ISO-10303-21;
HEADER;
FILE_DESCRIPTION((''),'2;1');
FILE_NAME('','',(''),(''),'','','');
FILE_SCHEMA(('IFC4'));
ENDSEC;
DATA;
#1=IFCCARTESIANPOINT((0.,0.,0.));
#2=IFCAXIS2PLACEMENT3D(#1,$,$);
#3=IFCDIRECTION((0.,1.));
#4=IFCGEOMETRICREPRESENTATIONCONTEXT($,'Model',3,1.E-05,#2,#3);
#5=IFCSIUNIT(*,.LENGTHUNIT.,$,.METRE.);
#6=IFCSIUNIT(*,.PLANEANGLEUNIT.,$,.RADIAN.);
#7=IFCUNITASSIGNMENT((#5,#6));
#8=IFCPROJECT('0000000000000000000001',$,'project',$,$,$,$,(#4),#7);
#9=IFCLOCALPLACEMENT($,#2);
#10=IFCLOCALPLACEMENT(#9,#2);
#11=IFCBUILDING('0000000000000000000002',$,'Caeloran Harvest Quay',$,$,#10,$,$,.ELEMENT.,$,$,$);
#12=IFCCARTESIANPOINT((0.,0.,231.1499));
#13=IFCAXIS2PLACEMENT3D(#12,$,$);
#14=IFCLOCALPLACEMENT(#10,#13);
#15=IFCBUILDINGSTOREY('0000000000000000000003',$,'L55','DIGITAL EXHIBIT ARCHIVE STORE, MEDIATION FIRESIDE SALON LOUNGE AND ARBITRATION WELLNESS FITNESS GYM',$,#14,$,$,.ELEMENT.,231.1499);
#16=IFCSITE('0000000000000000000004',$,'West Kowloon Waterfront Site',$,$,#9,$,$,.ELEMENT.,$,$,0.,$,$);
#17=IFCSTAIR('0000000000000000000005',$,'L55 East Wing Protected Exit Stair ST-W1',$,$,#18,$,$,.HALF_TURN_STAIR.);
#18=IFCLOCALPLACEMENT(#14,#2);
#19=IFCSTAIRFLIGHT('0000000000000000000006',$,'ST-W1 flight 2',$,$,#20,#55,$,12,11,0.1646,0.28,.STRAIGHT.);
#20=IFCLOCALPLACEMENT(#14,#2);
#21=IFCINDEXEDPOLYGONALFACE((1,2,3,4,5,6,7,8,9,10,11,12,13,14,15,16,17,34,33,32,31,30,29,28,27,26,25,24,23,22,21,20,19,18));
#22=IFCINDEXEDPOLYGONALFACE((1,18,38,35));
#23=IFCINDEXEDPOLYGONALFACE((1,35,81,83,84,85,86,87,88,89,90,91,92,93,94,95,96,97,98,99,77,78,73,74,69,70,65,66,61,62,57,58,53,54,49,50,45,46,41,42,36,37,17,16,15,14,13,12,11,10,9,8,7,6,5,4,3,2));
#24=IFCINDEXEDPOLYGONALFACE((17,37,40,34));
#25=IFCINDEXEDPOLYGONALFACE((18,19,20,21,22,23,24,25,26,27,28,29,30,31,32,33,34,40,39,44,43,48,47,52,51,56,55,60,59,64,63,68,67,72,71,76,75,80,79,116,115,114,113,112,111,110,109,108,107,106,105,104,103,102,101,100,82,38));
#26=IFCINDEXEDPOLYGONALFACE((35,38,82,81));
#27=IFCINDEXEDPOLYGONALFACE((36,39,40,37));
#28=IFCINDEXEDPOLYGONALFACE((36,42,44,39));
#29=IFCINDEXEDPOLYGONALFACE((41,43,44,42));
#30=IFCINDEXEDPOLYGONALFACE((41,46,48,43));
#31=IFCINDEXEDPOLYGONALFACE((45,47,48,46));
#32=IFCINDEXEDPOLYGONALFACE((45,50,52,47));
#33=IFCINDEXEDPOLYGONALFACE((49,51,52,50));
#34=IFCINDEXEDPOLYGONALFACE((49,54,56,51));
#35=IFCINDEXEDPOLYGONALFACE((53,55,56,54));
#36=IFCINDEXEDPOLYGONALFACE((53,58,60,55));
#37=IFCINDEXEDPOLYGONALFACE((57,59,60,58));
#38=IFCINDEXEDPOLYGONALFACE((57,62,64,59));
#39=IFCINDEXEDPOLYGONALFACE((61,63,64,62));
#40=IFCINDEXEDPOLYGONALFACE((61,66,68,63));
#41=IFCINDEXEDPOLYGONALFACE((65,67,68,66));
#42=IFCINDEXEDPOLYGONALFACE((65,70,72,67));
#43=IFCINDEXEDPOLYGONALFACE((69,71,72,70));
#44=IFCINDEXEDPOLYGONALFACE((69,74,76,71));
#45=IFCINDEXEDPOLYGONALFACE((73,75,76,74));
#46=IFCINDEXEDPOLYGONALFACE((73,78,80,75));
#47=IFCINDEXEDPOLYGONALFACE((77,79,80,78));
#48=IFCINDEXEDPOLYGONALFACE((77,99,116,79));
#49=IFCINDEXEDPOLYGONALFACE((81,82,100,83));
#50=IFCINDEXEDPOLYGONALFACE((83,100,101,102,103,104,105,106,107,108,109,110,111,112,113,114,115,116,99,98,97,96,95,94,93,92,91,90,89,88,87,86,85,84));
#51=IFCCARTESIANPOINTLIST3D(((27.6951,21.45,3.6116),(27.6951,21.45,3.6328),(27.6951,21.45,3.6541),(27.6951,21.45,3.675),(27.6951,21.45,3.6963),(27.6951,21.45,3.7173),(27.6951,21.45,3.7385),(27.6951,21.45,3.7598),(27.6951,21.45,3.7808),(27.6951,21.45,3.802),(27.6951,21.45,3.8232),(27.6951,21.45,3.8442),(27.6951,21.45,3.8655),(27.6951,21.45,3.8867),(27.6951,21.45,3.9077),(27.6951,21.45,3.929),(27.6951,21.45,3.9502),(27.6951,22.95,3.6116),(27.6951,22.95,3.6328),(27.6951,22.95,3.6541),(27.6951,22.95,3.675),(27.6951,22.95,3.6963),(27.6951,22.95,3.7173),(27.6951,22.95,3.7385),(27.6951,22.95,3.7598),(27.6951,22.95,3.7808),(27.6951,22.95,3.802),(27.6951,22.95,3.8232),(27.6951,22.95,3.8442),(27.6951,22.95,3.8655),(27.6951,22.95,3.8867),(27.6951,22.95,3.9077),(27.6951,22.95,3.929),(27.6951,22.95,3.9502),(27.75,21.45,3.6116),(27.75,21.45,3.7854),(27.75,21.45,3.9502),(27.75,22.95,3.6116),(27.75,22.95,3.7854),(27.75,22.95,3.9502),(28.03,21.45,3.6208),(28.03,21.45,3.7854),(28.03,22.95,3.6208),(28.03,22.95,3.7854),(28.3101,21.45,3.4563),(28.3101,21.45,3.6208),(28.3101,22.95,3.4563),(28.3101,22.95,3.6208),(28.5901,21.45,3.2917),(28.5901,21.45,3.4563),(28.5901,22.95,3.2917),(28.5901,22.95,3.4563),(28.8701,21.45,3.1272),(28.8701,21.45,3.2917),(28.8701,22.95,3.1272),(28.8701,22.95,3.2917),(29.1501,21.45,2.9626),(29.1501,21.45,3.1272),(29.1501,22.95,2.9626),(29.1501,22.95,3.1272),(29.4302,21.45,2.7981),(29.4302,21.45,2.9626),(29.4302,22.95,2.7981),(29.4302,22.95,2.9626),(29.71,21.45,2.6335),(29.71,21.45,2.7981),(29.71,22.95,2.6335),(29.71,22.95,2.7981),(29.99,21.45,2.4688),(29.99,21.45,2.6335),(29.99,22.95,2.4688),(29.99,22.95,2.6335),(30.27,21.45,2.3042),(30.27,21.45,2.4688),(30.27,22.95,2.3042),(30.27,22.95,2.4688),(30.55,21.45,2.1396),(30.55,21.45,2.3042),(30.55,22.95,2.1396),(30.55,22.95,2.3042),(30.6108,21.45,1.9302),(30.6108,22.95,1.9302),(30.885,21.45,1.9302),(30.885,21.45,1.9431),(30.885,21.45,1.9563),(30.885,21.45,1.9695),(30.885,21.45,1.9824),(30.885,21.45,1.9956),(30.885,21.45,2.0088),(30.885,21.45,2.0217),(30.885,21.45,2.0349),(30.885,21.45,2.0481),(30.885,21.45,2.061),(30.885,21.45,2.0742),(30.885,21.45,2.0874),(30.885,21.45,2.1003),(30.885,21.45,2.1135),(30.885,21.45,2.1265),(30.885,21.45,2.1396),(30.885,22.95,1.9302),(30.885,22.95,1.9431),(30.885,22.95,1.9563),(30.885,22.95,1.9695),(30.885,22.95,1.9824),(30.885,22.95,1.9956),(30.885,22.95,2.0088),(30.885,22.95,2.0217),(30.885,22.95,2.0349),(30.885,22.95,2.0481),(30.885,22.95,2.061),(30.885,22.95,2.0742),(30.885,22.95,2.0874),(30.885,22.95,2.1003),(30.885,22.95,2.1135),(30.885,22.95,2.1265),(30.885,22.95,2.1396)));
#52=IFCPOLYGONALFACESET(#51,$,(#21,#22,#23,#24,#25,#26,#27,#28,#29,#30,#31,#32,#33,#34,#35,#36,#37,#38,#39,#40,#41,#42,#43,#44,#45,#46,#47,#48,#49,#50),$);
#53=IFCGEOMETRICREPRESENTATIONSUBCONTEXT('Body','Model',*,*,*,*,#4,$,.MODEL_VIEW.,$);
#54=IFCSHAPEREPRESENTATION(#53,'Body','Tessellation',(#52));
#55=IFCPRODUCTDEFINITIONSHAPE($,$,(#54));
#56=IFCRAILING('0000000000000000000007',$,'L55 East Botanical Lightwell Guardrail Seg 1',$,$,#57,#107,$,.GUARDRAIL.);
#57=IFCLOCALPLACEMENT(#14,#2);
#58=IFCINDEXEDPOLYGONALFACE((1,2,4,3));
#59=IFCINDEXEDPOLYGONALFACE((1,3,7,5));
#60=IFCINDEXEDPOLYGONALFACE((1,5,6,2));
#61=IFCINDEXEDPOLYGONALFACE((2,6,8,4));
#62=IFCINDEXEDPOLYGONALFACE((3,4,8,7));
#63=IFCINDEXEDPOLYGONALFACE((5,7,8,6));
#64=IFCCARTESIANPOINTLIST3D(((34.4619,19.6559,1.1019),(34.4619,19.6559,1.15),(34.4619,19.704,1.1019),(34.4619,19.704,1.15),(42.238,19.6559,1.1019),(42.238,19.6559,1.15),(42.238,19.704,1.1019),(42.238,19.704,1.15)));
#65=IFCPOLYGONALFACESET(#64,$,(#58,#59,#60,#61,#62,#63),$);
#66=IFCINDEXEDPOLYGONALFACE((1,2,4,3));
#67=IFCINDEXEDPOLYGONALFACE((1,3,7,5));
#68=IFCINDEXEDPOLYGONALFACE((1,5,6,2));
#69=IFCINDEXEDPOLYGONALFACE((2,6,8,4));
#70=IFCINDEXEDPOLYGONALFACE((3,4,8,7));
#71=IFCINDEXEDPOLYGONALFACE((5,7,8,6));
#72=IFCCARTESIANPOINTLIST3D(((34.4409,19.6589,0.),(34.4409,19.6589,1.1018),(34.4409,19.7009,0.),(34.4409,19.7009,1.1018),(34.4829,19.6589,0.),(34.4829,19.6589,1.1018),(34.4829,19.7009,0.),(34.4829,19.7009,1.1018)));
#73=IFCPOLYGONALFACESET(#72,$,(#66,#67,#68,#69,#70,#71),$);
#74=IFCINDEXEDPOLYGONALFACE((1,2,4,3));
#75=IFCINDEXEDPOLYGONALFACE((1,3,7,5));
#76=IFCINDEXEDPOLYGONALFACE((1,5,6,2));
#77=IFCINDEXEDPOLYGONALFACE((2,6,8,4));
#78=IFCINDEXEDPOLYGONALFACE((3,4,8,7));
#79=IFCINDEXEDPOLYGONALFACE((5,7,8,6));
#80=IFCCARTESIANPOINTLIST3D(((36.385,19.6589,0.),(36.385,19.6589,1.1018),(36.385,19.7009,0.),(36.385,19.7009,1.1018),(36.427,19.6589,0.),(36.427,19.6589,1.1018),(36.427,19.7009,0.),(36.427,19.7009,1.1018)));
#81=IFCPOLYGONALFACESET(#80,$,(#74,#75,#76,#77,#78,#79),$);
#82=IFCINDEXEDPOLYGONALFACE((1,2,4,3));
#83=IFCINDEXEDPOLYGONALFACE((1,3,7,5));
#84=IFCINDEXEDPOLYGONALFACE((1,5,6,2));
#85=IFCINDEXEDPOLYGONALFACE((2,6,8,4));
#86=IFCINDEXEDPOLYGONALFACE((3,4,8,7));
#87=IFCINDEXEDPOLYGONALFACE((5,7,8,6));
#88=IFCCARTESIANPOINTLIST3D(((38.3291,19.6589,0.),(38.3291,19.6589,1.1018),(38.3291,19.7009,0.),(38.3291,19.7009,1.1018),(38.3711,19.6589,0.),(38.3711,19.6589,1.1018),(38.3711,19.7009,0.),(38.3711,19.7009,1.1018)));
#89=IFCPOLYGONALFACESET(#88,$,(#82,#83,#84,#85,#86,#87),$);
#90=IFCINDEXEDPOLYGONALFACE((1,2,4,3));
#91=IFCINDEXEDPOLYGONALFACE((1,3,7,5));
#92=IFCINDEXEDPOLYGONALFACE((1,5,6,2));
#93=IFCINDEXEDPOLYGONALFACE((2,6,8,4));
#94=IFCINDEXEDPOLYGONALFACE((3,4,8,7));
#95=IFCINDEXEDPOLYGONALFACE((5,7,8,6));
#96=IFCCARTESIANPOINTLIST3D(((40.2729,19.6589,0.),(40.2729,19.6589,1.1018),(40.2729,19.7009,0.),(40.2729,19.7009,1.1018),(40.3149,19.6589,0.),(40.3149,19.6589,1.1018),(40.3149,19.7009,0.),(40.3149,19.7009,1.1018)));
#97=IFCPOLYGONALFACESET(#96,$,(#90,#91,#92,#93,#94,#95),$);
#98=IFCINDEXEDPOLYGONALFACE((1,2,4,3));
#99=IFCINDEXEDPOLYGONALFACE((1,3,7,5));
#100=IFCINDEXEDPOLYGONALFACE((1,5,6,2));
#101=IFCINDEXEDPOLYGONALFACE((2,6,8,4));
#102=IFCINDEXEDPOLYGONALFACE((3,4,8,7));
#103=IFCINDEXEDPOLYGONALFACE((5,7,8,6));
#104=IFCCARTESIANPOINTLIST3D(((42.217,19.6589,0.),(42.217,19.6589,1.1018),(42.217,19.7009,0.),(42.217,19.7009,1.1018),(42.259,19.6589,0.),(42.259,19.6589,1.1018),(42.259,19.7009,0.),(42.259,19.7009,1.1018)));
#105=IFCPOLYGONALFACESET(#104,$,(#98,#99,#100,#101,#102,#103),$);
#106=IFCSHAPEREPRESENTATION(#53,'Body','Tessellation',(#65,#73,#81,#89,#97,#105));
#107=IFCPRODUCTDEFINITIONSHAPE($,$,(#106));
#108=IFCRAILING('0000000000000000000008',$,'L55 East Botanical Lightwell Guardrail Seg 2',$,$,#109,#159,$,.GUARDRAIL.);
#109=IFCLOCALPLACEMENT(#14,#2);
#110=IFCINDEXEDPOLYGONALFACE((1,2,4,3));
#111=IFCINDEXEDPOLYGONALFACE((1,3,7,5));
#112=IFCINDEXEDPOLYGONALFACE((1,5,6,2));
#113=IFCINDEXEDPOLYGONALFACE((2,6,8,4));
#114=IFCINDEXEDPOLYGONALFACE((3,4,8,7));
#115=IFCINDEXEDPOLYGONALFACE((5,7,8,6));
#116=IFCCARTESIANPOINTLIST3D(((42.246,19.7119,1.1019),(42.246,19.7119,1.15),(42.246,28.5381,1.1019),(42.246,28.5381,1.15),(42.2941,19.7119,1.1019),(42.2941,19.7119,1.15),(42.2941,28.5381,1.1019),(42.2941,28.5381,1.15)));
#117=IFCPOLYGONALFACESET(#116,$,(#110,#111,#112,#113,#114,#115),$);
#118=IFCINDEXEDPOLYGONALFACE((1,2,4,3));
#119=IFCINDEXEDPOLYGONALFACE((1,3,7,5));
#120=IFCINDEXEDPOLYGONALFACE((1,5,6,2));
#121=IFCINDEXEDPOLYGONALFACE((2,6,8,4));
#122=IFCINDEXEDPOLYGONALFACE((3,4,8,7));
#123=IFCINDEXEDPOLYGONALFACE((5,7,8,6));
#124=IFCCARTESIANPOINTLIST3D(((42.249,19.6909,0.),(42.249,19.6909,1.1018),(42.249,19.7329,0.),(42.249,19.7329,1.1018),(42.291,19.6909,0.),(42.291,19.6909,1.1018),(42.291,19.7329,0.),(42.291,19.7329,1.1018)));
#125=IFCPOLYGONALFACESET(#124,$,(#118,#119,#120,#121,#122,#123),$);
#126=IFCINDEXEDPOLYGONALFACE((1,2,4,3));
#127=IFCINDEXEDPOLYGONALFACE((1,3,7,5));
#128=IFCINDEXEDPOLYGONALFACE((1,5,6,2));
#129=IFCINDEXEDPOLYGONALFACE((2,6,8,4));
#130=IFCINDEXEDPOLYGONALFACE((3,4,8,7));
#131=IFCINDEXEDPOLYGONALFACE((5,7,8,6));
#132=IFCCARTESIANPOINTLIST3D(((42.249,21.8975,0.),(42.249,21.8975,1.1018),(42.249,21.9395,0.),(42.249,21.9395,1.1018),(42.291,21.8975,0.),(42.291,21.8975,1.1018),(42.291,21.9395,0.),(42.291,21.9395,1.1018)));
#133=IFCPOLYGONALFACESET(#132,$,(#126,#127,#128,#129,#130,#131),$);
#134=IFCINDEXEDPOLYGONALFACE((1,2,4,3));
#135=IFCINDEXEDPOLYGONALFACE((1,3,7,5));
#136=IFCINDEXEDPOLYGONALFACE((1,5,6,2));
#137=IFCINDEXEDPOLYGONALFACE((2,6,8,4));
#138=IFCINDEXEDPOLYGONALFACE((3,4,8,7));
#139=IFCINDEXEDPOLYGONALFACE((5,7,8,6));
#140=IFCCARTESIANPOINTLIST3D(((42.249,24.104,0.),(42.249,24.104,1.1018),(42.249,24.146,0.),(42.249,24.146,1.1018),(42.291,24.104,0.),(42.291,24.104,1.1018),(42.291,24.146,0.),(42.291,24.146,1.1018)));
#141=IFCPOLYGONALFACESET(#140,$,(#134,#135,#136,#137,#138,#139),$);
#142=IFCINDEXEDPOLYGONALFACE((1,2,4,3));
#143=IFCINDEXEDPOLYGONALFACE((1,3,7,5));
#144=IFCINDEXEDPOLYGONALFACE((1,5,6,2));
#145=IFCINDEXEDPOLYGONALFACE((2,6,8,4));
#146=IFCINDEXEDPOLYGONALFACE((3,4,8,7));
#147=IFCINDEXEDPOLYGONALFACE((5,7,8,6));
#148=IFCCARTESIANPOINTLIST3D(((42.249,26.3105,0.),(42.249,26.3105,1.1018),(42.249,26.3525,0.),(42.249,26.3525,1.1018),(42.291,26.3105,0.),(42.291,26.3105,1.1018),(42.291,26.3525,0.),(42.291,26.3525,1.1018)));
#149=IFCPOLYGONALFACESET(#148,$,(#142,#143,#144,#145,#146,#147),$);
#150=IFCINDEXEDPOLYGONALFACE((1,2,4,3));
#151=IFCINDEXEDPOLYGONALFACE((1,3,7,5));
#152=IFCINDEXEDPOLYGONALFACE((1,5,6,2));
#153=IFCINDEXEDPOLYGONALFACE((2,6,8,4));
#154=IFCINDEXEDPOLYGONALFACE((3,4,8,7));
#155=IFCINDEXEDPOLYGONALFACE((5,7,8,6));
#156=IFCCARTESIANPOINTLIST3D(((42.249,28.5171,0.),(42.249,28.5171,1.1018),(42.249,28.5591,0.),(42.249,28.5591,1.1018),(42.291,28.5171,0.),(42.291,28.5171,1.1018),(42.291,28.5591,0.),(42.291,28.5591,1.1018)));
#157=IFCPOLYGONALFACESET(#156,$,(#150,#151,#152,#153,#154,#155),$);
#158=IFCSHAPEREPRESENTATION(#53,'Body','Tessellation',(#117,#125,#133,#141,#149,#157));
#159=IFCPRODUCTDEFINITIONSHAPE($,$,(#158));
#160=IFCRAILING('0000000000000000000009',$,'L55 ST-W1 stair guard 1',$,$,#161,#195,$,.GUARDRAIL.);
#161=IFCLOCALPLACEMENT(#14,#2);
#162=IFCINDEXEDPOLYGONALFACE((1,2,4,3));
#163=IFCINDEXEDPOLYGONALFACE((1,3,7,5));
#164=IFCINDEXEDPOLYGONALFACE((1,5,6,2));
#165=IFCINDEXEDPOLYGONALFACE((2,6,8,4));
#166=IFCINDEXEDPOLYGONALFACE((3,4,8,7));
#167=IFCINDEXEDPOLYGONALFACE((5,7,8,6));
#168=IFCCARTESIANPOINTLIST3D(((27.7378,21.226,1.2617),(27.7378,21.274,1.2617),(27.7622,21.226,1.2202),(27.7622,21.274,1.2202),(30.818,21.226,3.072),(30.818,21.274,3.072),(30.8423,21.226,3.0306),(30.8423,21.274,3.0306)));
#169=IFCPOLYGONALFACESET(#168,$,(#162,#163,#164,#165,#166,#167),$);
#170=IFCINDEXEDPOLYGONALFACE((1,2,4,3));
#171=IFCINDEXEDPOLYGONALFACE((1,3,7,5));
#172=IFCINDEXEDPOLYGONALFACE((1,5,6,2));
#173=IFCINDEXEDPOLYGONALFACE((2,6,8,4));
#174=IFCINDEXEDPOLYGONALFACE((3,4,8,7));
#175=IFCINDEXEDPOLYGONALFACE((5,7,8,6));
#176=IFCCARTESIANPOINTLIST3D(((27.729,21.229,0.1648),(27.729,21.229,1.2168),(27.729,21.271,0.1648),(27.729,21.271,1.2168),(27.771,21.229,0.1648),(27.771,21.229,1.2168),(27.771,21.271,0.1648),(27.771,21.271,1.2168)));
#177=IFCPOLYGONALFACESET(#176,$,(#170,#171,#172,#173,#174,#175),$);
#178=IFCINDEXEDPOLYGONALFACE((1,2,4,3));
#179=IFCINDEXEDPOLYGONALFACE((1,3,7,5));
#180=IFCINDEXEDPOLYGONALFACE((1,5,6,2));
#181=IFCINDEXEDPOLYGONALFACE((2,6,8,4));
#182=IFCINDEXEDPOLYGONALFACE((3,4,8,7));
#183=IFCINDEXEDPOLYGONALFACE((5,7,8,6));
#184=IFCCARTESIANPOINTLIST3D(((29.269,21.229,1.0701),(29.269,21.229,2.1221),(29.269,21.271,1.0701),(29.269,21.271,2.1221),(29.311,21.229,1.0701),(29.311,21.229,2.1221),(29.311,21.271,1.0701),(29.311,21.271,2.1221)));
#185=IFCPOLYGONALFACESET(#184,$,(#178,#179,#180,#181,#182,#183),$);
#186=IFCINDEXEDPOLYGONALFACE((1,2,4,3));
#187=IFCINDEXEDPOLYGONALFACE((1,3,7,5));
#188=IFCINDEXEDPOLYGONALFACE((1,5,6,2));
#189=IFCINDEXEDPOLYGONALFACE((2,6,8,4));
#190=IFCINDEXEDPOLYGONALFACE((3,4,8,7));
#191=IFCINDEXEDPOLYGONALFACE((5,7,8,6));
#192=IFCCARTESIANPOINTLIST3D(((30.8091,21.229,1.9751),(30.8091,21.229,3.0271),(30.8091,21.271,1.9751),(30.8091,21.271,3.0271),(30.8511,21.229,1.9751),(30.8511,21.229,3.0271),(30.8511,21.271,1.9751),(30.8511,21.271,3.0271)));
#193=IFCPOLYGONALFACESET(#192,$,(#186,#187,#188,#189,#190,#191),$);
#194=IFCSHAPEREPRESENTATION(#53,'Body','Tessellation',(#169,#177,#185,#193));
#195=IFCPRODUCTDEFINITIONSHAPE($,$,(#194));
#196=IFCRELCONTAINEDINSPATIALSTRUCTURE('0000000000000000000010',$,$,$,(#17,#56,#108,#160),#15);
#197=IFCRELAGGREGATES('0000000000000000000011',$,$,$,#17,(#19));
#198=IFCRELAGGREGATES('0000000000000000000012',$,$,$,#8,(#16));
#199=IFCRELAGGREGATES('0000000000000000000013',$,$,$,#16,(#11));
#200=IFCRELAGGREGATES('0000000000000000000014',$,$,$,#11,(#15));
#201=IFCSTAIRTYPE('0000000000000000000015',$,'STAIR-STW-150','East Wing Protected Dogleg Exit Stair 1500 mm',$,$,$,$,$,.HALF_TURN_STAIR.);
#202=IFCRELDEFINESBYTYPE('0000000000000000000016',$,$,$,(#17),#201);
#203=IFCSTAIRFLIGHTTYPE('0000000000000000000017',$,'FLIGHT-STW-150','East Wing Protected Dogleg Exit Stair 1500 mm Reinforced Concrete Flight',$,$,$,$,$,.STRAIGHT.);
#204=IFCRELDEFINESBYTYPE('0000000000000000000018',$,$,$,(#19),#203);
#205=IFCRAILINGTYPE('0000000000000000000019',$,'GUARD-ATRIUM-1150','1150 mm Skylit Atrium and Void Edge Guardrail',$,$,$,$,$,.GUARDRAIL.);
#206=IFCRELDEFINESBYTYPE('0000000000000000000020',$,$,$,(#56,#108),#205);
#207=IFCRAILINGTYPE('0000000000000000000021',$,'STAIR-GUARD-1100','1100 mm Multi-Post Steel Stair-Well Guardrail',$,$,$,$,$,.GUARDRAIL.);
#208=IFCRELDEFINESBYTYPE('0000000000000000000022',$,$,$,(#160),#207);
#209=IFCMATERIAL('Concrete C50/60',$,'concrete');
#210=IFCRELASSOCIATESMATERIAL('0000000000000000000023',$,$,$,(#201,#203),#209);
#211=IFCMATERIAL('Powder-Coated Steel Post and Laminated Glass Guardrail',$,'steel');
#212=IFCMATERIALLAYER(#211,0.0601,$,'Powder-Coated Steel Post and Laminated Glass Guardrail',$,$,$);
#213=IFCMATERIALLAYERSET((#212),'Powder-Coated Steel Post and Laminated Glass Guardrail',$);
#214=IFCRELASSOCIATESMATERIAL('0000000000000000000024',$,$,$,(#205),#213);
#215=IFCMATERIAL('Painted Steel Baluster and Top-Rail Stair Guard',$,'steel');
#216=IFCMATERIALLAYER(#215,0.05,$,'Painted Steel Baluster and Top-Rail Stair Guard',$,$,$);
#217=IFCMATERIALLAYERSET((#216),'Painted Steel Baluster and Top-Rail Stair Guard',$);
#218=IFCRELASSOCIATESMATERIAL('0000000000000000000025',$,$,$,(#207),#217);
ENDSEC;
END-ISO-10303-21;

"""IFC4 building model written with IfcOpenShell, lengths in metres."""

from ifc_helpers import new_model, si_unit, direction, frame, origin, origin_2d, place, context, subcontext, project, spatial, polyline, rectangle, outline, extrude, material, layer, layer_set, type_object, element, aggregate, save


model = new_model("IFC4")

# Units and contexts
model_context = context("Model", 3, precision=1e-05, world=origin(), true_north=direction((0.0, 1.0)))
body_context = subcontext(model_context, "Body", "Model", "MODEL_VIEW")
ifc_project = project(units=[si_unit("LENGTHUNIT", "METRE"), si_unit("PLANEANGLEUNIT", "RADIAN")], contexts=[model_context])

# Site, building, storey
site_placement = place(None, origin())
site = spatial("IfcSite", under=ifc_project, at=site_placement, Name="West Kowloon Waterfront Site", CompositionType="ELEMENT", RefElevation=0.0)
building_placement = place(site_placement, origin())
building = spatial("IfcBuilding", under=site, at=building_placement, Name="Caeloran Harvest Quay", CompositionType="ELEMENT")
storey_placement = place(building_placement, frame((0.0, 0.0, 231.1499)))
storey = spatial("IfcBuildingStorey", under=building, at=storey_placement, Name="L55", Description="DIGITAL EXHIBIT ARCHIVE STORE, MEDIATION FIRESIDE SALON LOUNGE AND ARBITRATION WELLNESS FITNESS GYM", CompositionType="ELEMENT", Elevation=231.1499)

# Stair, stair flight
ifc_material_1 = material(Name="Concrete C50/60", Category="concrete")
stair_type = type_object("IfcStairType", Name="STAIR-STW-150", Description="East Wing Protected Dogleg Exit Stair 1500 mm", PredefinedType="HALF_TURN_STAIR", material=ifc_material_1)
stair_placement = place(storey_placement, origin())
stair = element("IfcStair", 1, at=stair_placement, inside=storey, type_object=stair_type, Name="L55 East Wing Protected Exit Stair ST-W1", PredefinedType="HALF_TURN_STAIR")
stair_flight_type = type_object("IfcStairFlightType", Name="FLIGHT-STW-150", Description="East Wing Protected Dogleg Exit Stair 1500 mm Reinforced Concrete Flight", PredefinedType="STRAIGHT", material=ifc_material_1)
stair_flight_1_placement = place(storey_placement, frame((30.8301, 22.2, 1.9751), z_axis=(0.0, 0.0, 1.0), x_axis=(-1.0, 0.0, 0.0)))
stair_flight_1 = element("IfcStairFlight", 2, at=stair_flight_1_placement, type_object=stair_flight_type, Name="ST-W1 flight 2", NumberOfRisers=12, NumberOfTreads=11, PredefinedType="STRAIGHT", RiserHeight=0.1646, TreadLength=0.28, context=body_context, shape_type="SweptSolid", body=[
    extrude(outline(polyline([(-0.0549, -0.0449), (-0.0549, -0.032), (-0.0549, -0.0188), (-0.0549, -0.0056), (-0.0549, 0.0073), (-0.0549, 0.0205), (-0.0549, 0.0337), (-0.0549, 0.0466), (-0.0549, 0.0598), (-0.0549, 0.073), (-0.0549, 0.0859), (-0.0549, 0.0991), (-0.0549, 0.1123), (-0.0549, 0.1252), (-0.0549, 0.1384), (-0.0549, 0.1514), (-0.0549, 0.1646), (0.28, 0.1646), (0.28, 0.3291), (0.5601, 0.3291), (0.5601, 0.4937), (0.8401, 0.4937), (0.8401, 0.6584), (1.1201, 0.6584), (1.1201, 0.823), (1.3999, 0.823), (1.3999, 0.9875), (1.6799, 0.9875), (1.6799, 1.1521), (1.96, 1.1521), (1.96, 1.3167), (2.24, 1.3167), (2.24, 1.4812), (2.52, 1.4812), (2.52, 1.6458), (2.8, 1.6458), (2.8, 1.8103), (3.0801, 1.8103), (3.0801, 1.9751), (3.135, 1.9751), (3.135, 1.9539), (3.135, 1.9326), (3.135, 1.9116), (3.135, 1.8904), (3.135, 1.8691), (3.135, 1.8481), (3.135, 1.8269), (3.135, 1.8057), (3.135, 1.7847), (3.135, 1.7634), (3.135, 1.7422), (3.135, 1.7212), (3.135, 1.7), (3.135, 1.679), (3.135, 1.6577), (3.135, 1.6365), (3.0801, 1.6365), (0.2192, -0.0449), (-0.0549, -0.0449)])), frame((0.0, 0.75, 0.0), z_axis=(0.0, -1.0, 0.0), x_axis=(1.0, 0.0, 0.0)), (0.0, 0.0, 1.0), 1.5),
])
aggregate(stair, [stair_flight_1])

# Railings
ifc_material_2 = material(Name="Powder-Coated Steel Post and Laminated Glass Guardrail", Category="steel")
ifc_layer_1 = layer(ifc_material_2, 0.0601, Name="Powder-Coated Steel Post and Laminated Glass Guardrail")
ifc_layer_set_1 = layer_set([ifc_layer_1], Name="Powder-Coated Steel Post and Laminated Glass Guardrail")
railing_type_1 = type_object("IfcRailingType", Name="GUARD-ATRIUM-1150", Description="1150 mm Skylit Atrium and Void Edge Guardrail", PredefinedType="GUARDRAIL", material=ifc_layer_set_1)
railing_1_placement = place(storey_placement, frame((34.4619, 19.6799, 0.0)))
element("IfcRailing", 3, at=railing_1_placement, inside=storey, type_object=railing_type_1, Name="L55 East Botanical Lightwell Guardrail Seg 1", PredefinedType="GUARDRAIL", context=body_context, shape_type="SweptSolid", body=[
    extrude(rectangle(XDim=0.0481, YDim=0.0481, at=origin_2d()), frame((0.0, 0.0, 1.126), z_axis=(1.0, 0.0, 0.0), x_axis=(0.0, 1.0, 0.0)), (0.0, 0.0, 1.0), 7.7761),
    extrude(rectangle(XDim=0.042, YDim=0.042, at=origin_2d()), origin(), (0.0, 0.0, 1.0), 1.1018),
    extrude(rectangle(XDim=0.042, YDim=0.042, at=origin_2d()), frame((1.9441, 0.0, 0.0)), (0.0, 0.0, 1.0), 1.1018),
    extrude(rectangle(XDim=0.042, YDim=0.042, at=origin_2d()), frame((3.8882, 0.0, 0.0)), (0.0, 0.0, 1.0), 1.1018),
    extrude(rectangle(XDim=0.042, YDim=0.042, at=origin_2d()), frame((5.832, 0.0, 0.0)), (0.0, 0.0, 1.0), 1.1018),
    extrude(rectangle(XDim=0.042, YDim=0.042, at=origin_2d()), frame((7.7761, 0.0, 0.0)), (0.0, 0.0, 1.0), 1.1018),
])
railing_2_placement = place(storey_placement, frame((42.27, 19.7119, 0.0)))
element("IfcRailing", 4, at=railing_2_placement, inside=storey, type_object=railing_type_1, Name="L55 East Botanical Lightwell Guardrail Seg 2", PredefinedType="GUARDRAIL", context=body_context, shape_type="SweptSolid", body=[
    extrude(rectangle(XDim=0.0481, YDim=0.0481, at=origin_2d()), frame((0.0, 0.0, 1.126), z_axis=(0.0, 1.0, 0.0), x_axis=(-1.0, 0.0, 0.0)), (0.0, 0.0, 1.0), 8.8262),
    extrude(rectangle(XDim=0.042, YDim=0.042, at=origin_2d()), origin(), (0.0, 0.0, 1.0), 1.1018),
    extrude(rectangle(XDim=0.042, YDim=0.042, at=origin_2d()), frame((0.0, 2.2065, 0.0)), (0.0, 0.0, 1.0), 1.1018),
    extrude(rectangle(XDim=0.042, YDim=0.042, at=origin_2d()), frame((0.0, 4.4131, 0.0)), (0.0, 0.0, 1.0), 1.1018),
    extrude(rectangle(XDim=0.042, YDim=0.042, at=origin_2d()), frame((0.0, 6.6196, 0.0)), (0.0, 0.0, 1.0), 1.1018),
    extrude(rectangle(XDim=0.042, YDim=0.042, at=origin_2d()), frame((0.0, 8.8262, 0.0)), (0.0, 0.0, 1.0), 1.1018),
])
ifc_material_3 = material(Name="Painted Steel Baluster and Top-Rail Stair Guard", Category="steel")
ifc_layer_2 = layer(ifc_material_3, 0.05, Name="Painted Steel Baluster and Top-Rail Stair Guard")
ifc_layer_set_2 = layer_set([ifc_layer_2], Name="Painted Steel Baluster and Top-Rail Stair Guard")
railing_type_2 = type_object("IfcRailingType", Name="STAIR-GUARD-1100", Description="1100 mm Multi-Post Steel Stair-Well Guardrail", PredefinedType="GUARDRAIL", material=ifc_layer_set_2)
railing_3_placement = place(storey_placement, frame((27.75, 21.25, 0.1648)))
element("IfcRailing", 5, at=railing_3_placement, inside=storey, type_object=railing_type_2, Name="L55 ST-W1 stair guard 1", PredefinedType="GUARDRAIL", context=body_context, shape_type="SweptSolid", body=[
    extrude(rectangle(XDim=0.0481, YDim=0.0481, at=origin_2d()), frame((0.0, 0.0, 1.0762), z_axis=(0.862119, 0.0, 0.506707), x_axis=(0.0, 1.0, 0.0)), (0.0, 0.0, 1.0), 3.5728),
    extrude(rectangle(XDim=0.042, YDim=0.042, at=origin_2d()), origin(), (0.0, 0.0, 1.0), 1.052),
    extrude(rectangle(XDim=0.042, YDim=0.042, at=origin_2d()), frame((1.54, 0.0, 0.9053)), (0.0, 0.0, 1.0), 1.052),
    extrude(rectangle(XDim=0.042, YDim=0.042, at=origin_2d()), frame((3.0801, 0.0, 1.8103)), (0.0, 0.0, 1.0), 1.052),
])

save(model, "model.ifc")
